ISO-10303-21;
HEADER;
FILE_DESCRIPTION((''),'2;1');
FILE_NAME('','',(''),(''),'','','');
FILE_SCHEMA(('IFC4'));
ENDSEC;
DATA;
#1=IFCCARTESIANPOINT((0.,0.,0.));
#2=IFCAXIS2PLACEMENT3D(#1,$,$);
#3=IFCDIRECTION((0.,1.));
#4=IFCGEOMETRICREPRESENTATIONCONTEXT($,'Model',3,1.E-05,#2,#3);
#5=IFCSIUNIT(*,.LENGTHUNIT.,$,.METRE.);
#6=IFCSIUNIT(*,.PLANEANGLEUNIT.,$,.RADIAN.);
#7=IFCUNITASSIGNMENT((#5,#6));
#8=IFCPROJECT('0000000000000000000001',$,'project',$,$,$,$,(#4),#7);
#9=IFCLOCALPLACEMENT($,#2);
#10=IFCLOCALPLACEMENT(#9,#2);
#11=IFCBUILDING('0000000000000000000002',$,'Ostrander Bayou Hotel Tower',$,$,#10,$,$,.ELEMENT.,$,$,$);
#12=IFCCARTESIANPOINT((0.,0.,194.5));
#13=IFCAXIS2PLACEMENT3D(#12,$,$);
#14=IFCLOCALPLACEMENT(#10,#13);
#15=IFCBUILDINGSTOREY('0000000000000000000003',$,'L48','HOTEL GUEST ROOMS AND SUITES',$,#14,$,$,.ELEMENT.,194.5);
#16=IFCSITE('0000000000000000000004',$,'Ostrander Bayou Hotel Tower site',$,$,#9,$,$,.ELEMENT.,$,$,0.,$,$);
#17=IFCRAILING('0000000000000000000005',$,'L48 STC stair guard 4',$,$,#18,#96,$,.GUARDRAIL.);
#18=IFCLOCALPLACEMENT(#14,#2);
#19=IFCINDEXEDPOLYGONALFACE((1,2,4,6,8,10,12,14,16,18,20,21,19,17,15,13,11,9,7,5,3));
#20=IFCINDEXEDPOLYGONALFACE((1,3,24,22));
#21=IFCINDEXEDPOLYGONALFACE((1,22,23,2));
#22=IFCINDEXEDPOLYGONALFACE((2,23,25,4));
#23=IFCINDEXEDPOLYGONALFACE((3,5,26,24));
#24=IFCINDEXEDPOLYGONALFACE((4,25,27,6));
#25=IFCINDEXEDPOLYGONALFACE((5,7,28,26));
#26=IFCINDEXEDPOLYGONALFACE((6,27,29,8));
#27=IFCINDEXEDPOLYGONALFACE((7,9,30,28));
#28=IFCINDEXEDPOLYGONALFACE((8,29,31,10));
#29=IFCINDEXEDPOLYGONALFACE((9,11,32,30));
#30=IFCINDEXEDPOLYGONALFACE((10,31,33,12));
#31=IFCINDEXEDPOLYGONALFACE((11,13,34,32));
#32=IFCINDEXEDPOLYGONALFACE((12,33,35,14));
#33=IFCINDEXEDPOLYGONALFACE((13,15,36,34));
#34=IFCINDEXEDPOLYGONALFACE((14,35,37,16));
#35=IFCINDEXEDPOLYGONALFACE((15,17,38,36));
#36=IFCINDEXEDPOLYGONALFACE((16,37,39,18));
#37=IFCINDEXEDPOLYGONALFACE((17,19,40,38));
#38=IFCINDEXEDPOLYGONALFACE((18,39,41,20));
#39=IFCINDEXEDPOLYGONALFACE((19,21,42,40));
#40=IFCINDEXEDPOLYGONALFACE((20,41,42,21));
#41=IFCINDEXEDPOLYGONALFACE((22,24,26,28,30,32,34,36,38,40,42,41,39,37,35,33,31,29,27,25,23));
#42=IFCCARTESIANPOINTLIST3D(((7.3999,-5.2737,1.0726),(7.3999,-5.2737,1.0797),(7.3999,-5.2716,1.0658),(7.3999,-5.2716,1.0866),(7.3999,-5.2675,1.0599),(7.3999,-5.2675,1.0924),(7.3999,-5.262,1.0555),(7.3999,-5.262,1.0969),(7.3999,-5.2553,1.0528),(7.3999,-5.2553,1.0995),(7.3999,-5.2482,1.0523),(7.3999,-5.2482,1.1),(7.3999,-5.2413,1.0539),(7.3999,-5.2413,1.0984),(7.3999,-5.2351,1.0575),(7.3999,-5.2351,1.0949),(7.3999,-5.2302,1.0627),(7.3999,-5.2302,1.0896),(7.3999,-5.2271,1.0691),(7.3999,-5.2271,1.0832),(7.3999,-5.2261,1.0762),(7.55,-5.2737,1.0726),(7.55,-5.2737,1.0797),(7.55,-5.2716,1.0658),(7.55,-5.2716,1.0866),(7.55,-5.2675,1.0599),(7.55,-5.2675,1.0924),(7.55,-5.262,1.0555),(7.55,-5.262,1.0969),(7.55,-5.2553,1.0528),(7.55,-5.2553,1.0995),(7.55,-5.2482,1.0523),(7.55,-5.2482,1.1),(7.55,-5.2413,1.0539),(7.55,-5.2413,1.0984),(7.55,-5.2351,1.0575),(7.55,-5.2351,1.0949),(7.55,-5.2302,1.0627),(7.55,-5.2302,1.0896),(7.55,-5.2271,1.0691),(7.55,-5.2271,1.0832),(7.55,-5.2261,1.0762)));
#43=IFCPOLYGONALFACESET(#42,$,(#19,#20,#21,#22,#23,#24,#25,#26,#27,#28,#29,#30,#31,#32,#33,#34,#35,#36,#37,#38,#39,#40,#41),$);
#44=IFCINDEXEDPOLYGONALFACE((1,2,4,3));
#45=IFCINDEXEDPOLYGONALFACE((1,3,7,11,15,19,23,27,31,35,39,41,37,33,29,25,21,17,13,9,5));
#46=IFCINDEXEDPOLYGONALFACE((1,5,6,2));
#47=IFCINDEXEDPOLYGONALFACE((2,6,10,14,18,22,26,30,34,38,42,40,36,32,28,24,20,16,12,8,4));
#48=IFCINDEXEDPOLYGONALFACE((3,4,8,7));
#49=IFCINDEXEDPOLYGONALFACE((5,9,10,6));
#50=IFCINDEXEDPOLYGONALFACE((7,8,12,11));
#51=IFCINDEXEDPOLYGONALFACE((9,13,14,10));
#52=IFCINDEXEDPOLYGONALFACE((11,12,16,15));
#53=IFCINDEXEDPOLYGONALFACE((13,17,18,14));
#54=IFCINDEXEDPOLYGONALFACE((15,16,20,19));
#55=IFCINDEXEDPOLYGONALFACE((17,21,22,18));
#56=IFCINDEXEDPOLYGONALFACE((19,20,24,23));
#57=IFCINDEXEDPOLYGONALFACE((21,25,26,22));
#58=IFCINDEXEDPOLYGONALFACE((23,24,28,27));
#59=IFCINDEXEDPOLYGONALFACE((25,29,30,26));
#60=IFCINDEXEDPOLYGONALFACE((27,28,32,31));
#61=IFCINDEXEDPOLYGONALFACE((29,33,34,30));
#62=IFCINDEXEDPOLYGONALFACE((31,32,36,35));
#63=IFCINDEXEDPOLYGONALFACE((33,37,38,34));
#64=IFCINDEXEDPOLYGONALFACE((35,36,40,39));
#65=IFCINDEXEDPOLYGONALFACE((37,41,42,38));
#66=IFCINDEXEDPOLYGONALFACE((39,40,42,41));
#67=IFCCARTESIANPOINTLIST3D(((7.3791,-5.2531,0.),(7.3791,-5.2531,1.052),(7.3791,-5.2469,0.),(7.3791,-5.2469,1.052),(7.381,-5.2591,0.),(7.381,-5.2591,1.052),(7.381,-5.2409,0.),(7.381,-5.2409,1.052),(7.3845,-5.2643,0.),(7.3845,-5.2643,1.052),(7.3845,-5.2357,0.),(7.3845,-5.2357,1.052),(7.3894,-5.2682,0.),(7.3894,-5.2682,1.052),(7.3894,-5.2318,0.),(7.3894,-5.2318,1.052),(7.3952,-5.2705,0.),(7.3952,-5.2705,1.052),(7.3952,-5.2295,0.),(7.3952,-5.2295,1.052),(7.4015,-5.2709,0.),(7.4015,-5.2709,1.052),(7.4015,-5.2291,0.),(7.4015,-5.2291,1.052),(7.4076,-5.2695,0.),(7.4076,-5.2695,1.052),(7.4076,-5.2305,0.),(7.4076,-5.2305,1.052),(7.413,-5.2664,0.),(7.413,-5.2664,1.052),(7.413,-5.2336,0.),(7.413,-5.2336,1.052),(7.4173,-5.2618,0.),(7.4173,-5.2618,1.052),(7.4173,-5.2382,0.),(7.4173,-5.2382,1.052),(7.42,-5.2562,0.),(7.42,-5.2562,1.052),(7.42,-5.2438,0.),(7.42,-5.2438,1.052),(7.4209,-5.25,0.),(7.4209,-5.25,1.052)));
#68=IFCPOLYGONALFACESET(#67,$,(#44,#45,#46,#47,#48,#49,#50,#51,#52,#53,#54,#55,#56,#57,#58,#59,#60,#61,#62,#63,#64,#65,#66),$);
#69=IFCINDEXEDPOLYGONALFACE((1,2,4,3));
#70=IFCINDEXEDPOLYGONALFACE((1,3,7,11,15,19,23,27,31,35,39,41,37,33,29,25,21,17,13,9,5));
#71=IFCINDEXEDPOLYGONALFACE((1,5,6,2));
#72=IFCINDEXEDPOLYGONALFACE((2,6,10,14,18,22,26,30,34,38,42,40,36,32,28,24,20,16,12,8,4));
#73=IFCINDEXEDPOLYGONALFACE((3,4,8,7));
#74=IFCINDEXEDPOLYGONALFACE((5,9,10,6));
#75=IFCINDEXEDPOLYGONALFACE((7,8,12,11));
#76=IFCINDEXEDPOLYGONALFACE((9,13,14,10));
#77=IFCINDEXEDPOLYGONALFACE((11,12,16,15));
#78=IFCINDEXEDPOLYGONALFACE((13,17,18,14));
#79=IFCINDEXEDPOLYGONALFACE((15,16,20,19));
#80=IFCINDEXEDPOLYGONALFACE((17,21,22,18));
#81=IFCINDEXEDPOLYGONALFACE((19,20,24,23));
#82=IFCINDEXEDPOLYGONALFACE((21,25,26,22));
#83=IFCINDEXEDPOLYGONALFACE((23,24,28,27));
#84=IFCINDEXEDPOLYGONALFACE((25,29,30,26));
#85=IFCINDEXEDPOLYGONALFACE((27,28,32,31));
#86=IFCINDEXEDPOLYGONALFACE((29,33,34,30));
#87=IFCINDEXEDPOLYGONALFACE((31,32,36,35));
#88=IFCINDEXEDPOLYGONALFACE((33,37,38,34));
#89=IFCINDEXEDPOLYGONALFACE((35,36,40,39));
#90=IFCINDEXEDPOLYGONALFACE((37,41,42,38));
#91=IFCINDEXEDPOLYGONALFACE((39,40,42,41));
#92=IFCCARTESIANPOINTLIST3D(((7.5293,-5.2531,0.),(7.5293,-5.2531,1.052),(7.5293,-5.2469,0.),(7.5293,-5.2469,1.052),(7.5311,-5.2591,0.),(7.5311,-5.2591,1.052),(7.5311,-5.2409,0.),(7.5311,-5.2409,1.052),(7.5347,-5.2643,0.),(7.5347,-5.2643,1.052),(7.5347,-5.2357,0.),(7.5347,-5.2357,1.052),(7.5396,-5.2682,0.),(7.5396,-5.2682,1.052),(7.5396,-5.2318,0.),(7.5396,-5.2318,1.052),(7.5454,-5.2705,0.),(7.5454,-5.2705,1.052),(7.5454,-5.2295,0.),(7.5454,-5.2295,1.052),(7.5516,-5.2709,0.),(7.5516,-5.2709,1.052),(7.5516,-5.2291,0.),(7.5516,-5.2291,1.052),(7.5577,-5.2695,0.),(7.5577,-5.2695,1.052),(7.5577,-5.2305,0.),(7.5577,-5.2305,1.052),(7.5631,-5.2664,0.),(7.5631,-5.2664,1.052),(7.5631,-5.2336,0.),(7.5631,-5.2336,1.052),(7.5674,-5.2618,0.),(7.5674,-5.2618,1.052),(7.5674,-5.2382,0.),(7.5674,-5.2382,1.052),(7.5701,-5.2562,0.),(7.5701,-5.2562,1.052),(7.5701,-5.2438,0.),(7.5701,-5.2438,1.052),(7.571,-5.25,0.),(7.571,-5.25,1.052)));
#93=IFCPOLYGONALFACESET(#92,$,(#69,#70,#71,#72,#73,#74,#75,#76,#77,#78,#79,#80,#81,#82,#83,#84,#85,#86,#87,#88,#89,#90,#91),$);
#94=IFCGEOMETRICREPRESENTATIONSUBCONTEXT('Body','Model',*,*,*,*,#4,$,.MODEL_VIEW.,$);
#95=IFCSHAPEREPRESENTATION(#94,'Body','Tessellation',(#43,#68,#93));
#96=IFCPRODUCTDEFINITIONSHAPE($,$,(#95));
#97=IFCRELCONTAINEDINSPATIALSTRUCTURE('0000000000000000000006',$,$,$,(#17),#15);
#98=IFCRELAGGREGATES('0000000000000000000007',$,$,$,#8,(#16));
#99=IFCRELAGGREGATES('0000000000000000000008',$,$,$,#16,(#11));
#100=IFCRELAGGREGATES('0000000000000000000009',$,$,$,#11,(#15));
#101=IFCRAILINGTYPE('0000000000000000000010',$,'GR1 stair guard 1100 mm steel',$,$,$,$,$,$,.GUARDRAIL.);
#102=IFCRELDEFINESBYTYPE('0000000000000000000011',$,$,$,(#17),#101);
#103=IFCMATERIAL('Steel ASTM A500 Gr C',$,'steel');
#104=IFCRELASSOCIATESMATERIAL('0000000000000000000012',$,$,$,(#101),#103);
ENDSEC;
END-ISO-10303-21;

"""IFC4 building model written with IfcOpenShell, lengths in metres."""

from ifc_helpers import new_model, si_unit, direction, frame, origin, origin_2d, place, context, subcontext, project, spatial, circle, extrude, material, type_object, element, save


model = new_model("IFC4")

# Units and contexts
model_context = context("Model", 3, precision=1e-05, world=origin(), true_north=direction((0.0, 1.0)))
body_context = subcontext(model_context, "Body", "Model", "MODEL_VIEW")
ifc_project = project(units=[si_unit("LENGTHUNIT", "METRE"), si_unit("PLANEANGLEUNIT", "RADIAN")], contexts=[model_context])

# Site, building, storey
site_placement = place(None, origin())
site = spatial("IfcSite", under=ifc_project, at=site_placement, Name="Ostrander Bayou Hotel Tower site", CompositionType="ELEMENT", RefElevation=0.0)
building_placement = place(site_placement, origin())
building = spatial("IfcBuilding", under=site, at=building_placement, Name="Ostrander Bayou Hotel Tower", CompositionType="ELEMENT")
storey_placement = place(building_placement, frame((0.0, 0.0, 194.5)))
storey = spatial("IfcBuildingStorey", under=building, at=storey_placement, Name="L48", Description="HOTEL GUEST ROOMS AND SUITES", CompositionType="ELEMENT", Elevation=194.5)

# Railing
ifc_material_1 = material(Name="Steel ASTM A500 Gr C", Category="steel")
railing_type_1 = type_object("IfcRailingType", Name="GR1 stair guard 1100 mm steel", PredefinedType="GUARDRAIL", material=ifc_material_1)
railing_1_placement = place(storey_placement, frame((7.3999, -5.25, 0.0)))
element("IfcRailing", 1, at=railing_1_placement, inside=storey, type_object=railing_type_1, Name="L48 STC stair guard 4", PredefinedType="GUARDRAIL", context=body_context, shape_type="SweptSolid", body=[
    extrude(circle(Radius=0.0239, at=origin_2d()), frame((0.0, 0.0, 1.0762), z_axis=(1.0, 0.0, 0.0), x_axis=(0.0, 1.0, 0.0)), (0.0, 0.0, 1.0), 0.1501),
    extrude(circle(Radius=0.021, at=origin_2d()), origin(), (0.0, 0.0, 1.0), 1.052),
    extrude(circle(Radius=0.021, at=origin_2d()), frame((0.1501, 0.0, 0.0)), (0.0, 0.0, 1.0), 1.052),
])

save(model, "model.ifc")
